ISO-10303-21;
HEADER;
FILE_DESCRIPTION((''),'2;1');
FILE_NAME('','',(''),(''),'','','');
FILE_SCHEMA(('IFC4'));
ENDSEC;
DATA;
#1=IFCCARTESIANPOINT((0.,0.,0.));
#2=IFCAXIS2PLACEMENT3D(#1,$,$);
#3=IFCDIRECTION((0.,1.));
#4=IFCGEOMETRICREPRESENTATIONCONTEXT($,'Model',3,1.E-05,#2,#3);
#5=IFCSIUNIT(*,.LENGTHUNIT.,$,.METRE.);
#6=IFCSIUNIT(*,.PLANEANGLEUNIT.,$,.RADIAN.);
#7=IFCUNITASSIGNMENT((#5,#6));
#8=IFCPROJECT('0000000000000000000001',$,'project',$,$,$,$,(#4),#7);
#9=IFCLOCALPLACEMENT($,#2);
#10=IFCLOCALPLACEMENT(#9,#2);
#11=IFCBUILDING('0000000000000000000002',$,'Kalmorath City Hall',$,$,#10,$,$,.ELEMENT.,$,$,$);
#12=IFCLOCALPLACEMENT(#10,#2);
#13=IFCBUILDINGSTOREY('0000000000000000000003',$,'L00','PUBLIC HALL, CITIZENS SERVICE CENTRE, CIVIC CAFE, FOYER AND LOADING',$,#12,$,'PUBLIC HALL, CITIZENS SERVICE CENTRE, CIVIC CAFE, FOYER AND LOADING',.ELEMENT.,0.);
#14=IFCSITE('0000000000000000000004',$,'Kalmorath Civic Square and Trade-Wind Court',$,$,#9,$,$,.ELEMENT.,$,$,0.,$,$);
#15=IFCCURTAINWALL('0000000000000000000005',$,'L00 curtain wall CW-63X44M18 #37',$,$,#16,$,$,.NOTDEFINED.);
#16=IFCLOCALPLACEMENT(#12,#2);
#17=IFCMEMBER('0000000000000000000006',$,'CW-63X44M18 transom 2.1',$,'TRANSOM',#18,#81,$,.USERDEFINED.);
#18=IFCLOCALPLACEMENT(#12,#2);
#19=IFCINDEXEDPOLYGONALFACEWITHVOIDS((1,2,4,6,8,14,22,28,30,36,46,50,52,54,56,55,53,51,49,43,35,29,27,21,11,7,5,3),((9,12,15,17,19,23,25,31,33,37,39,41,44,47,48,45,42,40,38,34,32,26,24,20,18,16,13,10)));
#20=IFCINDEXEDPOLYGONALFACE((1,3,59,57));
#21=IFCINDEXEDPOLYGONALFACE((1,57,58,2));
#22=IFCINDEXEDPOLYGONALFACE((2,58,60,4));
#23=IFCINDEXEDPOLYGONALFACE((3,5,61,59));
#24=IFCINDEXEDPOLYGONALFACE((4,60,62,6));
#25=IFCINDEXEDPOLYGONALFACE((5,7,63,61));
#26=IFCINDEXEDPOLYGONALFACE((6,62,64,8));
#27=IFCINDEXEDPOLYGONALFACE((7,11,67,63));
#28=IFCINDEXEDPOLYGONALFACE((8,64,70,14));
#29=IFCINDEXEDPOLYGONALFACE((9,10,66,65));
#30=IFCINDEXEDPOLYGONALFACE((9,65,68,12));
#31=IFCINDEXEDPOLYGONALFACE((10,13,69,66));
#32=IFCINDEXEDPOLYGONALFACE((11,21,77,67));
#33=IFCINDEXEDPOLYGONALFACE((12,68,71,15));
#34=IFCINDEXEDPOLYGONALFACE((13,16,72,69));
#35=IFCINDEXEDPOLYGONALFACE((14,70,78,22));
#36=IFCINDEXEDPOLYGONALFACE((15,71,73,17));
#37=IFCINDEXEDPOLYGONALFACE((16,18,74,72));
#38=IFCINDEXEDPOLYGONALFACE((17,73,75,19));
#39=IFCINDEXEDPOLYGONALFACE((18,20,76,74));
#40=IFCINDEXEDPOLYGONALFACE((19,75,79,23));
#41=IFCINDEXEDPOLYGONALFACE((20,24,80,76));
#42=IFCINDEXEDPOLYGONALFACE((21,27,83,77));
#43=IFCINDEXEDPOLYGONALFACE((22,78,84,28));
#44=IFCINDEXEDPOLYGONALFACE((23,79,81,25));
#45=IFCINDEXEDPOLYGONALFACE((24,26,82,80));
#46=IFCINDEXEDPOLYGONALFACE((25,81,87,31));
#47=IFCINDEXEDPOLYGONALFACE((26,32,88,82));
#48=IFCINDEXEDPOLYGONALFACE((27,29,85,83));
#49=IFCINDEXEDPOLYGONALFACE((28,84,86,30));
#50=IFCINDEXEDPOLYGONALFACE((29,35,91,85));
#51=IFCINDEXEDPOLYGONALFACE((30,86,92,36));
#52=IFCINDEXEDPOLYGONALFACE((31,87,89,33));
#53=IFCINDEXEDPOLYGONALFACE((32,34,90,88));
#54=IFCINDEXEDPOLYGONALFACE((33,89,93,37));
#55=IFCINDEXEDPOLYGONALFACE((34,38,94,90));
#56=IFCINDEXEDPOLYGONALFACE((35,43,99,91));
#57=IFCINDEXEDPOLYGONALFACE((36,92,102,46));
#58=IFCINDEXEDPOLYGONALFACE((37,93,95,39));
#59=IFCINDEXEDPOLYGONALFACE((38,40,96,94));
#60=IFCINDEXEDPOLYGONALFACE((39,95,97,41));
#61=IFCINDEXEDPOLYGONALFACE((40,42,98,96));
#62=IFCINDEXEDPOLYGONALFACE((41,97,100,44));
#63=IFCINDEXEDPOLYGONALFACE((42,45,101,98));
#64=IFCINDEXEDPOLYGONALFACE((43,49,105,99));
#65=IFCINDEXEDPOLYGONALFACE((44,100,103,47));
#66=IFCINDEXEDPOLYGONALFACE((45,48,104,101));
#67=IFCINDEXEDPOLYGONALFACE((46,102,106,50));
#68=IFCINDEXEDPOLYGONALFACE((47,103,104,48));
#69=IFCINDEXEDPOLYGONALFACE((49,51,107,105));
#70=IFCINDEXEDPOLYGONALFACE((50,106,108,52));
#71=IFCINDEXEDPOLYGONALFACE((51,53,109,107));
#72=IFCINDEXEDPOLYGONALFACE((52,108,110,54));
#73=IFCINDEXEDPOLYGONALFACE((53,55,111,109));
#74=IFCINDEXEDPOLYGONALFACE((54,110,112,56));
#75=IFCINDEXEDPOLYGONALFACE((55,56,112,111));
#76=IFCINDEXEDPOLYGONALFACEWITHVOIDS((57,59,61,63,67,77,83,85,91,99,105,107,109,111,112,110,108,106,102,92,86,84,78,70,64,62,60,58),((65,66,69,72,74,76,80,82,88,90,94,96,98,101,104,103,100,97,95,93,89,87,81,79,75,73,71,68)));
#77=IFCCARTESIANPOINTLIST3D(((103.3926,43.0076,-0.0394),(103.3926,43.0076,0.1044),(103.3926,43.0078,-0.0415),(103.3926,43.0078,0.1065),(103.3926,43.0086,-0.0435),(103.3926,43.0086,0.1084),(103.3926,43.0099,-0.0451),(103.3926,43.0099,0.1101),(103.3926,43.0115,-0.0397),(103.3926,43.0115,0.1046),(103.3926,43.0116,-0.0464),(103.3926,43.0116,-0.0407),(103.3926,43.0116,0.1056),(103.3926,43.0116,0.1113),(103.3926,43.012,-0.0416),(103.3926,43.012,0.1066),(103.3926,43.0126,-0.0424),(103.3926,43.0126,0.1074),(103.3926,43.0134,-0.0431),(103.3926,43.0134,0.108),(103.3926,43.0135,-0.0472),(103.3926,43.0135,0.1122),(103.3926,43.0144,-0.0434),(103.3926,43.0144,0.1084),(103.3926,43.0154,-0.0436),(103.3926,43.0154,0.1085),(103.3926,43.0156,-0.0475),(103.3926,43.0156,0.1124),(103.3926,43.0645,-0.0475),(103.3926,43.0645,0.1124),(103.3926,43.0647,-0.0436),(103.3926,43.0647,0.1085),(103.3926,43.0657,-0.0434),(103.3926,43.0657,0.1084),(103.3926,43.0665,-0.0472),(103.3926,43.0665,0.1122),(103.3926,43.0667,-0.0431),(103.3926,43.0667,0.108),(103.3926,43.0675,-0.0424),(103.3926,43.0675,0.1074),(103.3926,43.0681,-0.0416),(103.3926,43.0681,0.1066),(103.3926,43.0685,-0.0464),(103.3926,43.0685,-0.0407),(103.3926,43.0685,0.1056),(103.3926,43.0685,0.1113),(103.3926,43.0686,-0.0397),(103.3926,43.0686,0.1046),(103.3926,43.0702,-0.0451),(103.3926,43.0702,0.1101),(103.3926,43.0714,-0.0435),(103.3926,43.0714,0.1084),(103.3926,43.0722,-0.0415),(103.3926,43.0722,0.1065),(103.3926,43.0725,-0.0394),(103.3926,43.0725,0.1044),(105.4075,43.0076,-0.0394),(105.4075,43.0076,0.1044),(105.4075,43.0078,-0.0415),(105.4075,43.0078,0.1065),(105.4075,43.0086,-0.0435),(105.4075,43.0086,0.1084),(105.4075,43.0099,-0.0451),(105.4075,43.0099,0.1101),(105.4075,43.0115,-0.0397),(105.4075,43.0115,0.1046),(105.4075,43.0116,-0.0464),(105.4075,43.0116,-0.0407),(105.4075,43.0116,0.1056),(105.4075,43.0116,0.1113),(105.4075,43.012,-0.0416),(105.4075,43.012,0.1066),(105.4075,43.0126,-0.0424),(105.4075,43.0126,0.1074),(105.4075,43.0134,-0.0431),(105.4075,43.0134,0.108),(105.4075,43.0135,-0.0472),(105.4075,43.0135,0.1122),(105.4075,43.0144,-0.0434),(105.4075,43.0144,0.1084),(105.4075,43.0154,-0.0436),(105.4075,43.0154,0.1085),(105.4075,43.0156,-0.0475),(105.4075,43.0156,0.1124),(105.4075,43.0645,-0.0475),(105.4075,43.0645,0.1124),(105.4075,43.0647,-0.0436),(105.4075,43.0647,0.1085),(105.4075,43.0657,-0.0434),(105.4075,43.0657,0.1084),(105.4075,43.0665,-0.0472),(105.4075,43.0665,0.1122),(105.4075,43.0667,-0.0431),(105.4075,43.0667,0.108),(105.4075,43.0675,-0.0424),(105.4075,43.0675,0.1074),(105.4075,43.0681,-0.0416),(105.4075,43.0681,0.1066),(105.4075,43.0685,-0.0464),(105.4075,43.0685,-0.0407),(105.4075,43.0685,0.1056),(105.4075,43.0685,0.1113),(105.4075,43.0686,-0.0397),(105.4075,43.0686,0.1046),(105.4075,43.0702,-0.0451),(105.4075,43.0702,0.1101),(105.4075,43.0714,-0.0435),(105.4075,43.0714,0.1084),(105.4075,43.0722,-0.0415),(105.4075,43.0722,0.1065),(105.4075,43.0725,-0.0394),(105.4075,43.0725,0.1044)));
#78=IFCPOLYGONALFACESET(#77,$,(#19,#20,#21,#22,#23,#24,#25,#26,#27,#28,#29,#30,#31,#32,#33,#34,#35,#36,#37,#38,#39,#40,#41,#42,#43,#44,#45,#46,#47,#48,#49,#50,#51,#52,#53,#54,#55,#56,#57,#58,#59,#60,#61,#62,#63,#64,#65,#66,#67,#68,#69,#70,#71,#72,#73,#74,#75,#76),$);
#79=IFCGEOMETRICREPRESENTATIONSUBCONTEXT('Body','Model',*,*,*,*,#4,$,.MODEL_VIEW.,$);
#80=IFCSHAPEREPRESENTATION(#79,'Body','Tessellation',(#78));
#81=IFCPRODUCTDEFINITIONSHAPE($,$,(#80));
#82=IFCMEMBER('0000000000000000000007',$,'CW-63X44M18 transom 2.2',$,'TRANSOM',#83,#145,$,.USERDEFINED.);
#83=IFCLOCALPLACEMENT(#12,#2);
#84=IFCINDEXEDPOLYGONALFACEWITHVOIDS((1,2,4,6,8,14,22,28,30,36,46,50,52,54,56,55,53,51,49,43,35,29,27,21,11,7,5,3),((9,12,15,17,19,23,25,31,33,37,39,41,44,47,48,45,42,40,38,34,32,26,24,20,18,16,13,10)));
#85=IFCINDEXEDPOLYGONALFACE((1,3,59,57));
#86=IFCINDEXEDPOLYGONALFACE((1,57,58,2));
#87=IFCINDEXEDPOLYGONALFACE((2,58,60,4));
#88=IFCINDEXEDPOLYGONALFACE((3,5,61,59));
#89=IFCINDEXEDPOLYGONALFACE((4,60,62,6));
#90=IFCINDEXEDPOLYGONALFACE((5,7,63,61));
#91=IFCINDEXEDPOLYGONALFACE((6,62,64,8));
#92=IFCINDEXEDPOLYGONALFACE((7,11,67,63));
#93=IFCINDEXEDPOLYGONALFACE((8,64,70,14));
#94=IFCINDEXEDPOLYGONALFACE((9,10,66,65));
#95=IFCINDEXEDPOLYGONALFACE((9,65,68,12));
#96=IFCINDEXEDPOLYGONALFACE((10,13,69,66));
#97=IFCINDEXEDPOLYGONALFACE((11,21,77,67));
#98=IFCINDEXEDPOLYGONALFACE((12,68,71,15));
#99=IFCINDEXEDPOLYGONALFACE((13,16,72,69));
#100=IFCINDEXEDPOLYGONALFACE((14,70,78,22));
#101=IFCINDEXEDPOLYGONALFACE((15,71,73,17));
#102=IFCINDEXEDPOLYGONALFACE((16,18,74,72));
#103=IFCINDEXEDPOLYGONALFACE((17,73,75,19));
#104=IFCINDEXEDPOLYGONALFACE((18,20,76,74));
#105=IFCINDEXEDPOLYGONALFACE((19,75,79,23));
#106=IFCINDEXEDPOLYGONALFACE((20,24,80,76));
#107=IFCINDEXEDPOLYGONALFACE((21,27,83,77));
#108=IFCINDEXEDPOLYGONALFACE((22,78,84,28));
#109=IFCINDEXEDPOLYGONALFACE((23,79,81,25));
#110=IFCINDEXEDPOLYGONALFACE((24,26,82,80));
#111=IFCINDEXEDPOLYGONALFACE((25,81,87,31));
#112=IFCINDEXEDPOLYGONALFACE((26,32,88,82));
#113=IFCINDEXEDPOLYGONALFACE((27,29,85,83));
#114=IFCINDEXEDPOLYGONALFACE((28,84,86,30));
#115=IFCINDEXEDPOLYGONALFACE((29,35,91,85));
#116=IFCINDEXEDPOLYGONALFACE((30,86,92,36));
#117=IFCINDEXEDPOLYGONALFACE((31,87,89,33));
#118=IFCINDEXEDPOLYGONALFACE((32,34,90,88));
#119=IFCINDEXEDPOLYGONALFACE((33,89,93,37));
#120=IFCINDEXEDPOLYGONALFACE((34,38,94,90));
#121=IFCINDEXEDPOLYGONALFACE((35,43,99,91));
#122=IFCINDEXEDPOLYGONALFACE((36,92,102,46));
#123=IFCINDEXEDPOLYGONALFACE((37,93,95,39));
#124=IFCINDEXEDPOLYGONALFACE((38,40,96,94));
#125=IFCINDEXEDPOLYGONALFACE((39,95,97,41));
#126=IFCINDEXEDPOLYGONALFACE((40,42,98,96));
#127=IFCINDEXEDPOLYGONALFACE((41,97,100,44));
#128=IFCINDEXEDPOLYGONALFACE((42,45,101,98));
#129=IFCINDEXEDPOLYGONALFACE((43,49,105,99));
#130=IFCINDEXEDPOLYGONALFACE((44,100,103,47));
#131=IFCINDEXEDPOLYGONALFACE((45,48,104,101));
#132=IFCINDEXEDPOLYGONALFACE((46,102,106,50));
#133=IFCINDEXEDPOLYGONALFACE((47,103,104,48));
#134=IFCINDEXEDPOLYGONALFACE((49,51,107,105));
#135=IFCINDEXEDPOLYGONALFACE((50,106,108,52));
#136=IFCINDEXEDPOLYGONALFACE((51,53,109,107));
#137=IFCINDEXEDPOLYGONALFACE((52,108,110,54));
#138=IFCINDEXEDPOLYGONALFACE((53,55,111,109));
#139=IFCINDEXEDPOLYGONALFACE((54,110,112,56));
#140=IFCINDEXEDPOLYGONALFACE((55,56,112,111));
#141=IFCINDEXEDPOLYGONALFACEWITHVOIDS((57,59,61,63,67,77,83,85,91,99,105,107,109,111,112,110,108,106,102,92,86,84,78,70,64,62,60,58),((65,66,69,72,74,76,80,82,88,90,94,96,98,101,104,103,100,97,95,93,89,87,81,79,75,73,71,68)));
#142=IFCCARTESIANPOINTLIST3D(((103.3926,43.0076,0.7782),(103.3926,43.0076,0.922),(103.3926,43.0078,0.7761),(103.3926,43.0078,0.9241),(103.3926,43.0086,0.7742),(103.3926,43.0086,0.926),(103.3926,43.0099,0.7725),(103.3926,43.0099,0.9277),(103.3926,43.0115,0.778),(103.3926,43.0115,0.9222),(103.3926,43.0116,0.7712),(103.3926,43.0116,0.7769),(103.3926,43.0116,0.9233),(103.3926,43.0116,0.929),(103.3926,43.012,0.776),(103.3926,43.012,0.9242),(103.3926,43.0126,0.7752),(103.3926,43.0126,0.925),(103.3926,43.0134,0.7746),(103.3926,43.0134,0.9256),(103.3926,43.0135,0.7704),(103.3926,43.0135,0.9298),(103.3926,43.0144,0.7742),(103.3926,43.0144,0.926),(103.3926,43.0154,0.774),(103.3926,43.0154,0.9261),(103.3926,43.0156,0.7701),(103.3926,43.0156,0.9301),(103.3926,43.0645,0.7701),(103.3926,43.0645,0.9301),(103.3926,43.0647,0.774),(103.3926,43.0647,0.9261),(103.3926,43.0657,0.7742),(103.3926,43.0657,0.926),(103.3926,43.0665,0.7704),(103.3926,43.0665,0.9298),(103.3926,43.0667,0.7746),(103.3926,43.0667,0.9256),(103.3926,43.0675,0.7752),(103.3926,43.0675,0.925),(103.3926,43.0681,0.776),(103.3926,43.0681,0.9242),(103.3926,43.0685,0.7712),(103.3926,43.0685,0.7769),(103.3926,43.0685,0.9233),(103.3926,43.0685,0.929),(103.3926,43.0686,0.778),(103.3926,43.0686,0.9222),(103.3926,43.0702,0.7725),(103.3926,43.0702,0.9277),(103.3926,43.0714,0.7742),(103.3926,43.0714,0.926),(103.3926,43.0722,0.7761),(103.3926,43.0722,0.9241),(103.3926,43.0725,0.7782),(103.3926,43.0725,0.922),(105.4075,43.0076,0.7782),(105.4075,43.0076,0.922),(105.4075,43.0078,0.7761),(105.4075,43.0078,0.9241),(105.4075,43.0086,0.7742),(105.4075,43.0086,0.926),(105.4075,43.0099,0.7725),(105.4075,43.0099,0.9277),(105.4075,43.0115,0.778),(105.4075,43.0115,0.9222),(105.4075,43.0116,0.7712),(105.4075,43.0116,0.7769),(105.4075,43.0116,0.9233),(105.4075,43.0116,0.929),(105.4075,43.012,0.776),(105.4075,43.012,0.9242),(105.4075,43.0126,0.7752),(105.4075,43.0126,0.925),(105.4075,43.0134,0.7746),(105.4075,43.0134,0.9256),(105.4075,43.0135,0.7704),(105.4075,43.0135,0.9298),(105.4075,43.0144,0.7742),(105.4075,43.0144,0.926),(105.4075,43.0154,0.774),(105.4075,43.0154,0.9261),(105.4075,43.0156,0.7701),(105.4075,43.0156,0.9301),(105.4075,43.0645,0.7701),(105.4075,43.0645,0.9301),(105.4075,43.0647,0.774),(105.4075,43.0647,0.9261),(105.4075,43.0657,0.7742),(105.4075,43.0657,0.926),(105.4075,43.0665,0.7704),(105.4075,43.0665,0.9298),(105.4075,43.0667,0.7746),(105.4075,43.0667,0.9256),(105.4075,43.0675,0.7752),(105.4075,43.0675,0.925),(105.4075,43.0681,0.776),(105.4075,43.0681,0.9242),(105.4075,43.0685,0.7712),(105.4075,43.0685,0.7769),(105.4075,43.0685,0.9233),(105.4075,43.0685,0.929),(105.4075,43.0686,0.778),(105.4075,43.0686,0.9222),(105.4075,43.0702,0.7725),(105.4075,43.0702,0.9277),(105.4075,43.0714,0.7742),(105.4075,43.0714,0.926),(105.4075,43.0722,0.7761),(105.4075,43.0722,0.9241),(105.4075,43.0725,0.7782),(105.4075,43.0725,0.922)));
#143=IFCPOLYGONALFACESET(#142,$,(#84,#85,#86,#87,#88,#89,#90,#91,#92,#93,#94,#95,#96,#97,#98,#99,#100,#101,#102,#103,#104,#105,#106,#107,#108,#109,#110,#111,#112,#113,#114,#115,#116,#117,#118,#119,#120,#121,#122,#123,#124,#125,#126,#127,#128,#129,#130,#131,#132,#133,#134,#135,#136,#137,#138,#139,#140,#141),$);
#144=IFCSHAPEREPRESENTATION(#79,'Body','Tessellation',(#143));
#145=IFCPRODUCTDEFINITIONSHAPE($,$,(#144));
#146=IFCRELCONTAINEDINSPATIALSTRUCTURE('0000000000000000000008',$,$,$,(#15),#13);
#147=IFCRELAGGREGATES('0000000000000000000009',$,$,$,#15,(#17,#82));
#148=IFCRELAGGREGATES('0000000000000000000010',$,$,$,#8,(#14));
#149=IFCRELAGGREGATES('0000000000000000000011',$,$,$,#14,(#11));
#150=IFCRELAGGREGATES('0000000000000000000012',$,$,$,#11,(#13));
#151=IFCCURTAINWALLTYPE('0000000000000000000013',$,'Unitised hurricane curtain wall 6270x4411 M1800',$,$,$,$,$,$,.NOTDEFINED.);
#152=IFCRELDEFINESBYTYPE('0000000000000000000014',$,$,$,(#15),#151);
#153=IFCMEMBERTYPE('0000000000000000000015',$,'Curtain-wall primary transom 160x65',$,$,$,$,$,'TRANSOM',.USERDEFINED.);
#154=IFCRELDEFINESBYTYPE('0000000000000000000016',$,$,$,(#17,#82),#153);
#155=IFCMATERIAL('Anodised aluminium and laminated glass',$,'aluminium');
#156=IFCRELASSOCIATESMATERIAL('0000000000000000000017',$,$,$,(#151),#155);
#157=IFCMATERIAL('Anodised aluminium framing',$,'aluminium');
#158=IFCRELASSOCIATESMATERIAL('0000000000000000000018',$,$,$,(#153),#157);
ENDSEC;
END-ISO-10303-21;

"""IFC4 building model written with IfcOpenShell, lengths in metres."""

from ifc_helpers import new_model, si_unit, direction, frame, origin, origin_2d, place, context, subcontext, project, spatial, hollow_rectangle, extrude, material, material_profile, profile_set, type_object, element, aggregate, save


model = new_model("IFC4")

# Units and contexts
model_context = context("Model", 3, precision=1e-05, world=origin(), true_north=direction((0.0, 1.0)))
body_context = subcontext(model_context, "Body", "Model", "MODEL_VIEW")
ifc_project = project(units=[si_unit("LENGTHUNIT", "METRE"), si_unit("PLANEANGLEUNIT", "RADIAN")], contexts=[model_context])

# Site, building, storey
site_placement = place(None, origin())
site = spatial("IfcSite", under=ifc_project, at=site_placement, Name="Kalmorath Civic Square and Trade-Wind Court", CompositionType="ELEMENT", RefElevation=0.0)
building_placement = place(site_placement, origin())
building = spatial("IfcBuilding", under=site, at=building_placement, Name="Kalmorath City Hall", CompositionType="ELEMENT")
storey_placement = place(building_placement, origin())
storey = spatial("IfcBuildingStorey", under=building, at=storey_placement, Name="L00", Description="PUBLIC HALL, CITIZENS SERVICE CENTRE, CIVIC CAFE, FOYER AND LOADING", LongName="PUBLIC HALL, CITIZENS SERVICE CENTRE, CIVIC CAFE, FOYER AND LOADING", CompositionType="ELEMENT", Elevation=0.0)

# Curtain wall
ifc_material_1 = material(Name="Anodised aluminium and laminated glass", Category="aluminium")
curtain_wall_type_1 = type_object("IfcCurtainWallType", Name="Unitised hurricane curtain wall 6270x4411 M1800", PredefinedType="NOTDEFINED", material=ifc_material_1)
curtain_wall_1_placement = place(storey_placement, origin())
curtain_wall_1 = element("IfcCurtainWall", 1, at=curtain_wall_1_placement, inside=storey, type_object=curtain_wall_type_1, Name="L00 curtain wall CW-63X44M18 #37", PredefinedType="NOTDEFINED")

# Members
ifc_material_2 = material(Name="Anodised aluminium framing", Category="aluminium")
ifc_material_profile_1 = material_profile(ifc_material_2, hollow_rectangle(XDim=0.0649, YDim=0.1599, WallThickness=0.0039, InnerFilletRadius=0.0039, OuterFilletRadius=0.0081, at=origin_2d()), Name="ALU-TRN-160X65X4")
ifc_profile_set_1 = profile_set([ifc_material_profile_1], Name="Anodised aluminium framing")
member_type_1 = type_object("IfcMemberType", Name="Curtain-wall primary transom 160x65", ElementType="TRANSOM", PredefinedType="USERDEFINED", material=ifc_profile_set_1)
member_1_placement = place(storey_placement, frame((103.3926, 43.04, 0.0325), z_axis=(1.0, 0.0, 0.0), x_axis=(0.0, 1.0, 0.0)))
member_1 = element("IfcMember", 2, at=member_1_placement, type_object=member_type_1, Name="CW-63X44M18 transom 2.1", ObjectType="TRANSOM", PredefinedType="USERDEFINED", context=body_context, shape_type="SweptSolid", body=[
    extrude(hollow_rectangle(XDim=0.0649, YDim=0.1599, WallThickness=0.0039, InnerFilletRadius=0.0039, OuterFilletRadius=0.0081, at=origin_2d()), origin(), (0.0, 0.0, 1.0), 2.0149),
])
member_2_placement = place(storey_placement, frame((103.3926, 43.04, 0.8501), z_axis=(1.0, 0.0, 0.0), x_axis=(0.0, 1.0, 0.0)))
member_2 = element("IfcMember", 3, at=member_2_placement, type_object=member_type_1, Name="CW-63X44M18 transom 2.2", ObjectType="TRANSOM", PredefinedType="USERDEFINED", context=body_context, shape_type="SweptSolid", body=[
    extrude(hollow_rectangle(XDim=0.0649, YDim=0.1599, WallThickness=0.0039, InnerFilletRadius=0.0039, OuterFilletRadius=0.0081, at=origin_2d()), origin(), (0.0, 0.0, 1.0), 2.0149),
])

aggregate(curtain_wall_1, [member_1, member_2])

save(model, "model.ifc")
